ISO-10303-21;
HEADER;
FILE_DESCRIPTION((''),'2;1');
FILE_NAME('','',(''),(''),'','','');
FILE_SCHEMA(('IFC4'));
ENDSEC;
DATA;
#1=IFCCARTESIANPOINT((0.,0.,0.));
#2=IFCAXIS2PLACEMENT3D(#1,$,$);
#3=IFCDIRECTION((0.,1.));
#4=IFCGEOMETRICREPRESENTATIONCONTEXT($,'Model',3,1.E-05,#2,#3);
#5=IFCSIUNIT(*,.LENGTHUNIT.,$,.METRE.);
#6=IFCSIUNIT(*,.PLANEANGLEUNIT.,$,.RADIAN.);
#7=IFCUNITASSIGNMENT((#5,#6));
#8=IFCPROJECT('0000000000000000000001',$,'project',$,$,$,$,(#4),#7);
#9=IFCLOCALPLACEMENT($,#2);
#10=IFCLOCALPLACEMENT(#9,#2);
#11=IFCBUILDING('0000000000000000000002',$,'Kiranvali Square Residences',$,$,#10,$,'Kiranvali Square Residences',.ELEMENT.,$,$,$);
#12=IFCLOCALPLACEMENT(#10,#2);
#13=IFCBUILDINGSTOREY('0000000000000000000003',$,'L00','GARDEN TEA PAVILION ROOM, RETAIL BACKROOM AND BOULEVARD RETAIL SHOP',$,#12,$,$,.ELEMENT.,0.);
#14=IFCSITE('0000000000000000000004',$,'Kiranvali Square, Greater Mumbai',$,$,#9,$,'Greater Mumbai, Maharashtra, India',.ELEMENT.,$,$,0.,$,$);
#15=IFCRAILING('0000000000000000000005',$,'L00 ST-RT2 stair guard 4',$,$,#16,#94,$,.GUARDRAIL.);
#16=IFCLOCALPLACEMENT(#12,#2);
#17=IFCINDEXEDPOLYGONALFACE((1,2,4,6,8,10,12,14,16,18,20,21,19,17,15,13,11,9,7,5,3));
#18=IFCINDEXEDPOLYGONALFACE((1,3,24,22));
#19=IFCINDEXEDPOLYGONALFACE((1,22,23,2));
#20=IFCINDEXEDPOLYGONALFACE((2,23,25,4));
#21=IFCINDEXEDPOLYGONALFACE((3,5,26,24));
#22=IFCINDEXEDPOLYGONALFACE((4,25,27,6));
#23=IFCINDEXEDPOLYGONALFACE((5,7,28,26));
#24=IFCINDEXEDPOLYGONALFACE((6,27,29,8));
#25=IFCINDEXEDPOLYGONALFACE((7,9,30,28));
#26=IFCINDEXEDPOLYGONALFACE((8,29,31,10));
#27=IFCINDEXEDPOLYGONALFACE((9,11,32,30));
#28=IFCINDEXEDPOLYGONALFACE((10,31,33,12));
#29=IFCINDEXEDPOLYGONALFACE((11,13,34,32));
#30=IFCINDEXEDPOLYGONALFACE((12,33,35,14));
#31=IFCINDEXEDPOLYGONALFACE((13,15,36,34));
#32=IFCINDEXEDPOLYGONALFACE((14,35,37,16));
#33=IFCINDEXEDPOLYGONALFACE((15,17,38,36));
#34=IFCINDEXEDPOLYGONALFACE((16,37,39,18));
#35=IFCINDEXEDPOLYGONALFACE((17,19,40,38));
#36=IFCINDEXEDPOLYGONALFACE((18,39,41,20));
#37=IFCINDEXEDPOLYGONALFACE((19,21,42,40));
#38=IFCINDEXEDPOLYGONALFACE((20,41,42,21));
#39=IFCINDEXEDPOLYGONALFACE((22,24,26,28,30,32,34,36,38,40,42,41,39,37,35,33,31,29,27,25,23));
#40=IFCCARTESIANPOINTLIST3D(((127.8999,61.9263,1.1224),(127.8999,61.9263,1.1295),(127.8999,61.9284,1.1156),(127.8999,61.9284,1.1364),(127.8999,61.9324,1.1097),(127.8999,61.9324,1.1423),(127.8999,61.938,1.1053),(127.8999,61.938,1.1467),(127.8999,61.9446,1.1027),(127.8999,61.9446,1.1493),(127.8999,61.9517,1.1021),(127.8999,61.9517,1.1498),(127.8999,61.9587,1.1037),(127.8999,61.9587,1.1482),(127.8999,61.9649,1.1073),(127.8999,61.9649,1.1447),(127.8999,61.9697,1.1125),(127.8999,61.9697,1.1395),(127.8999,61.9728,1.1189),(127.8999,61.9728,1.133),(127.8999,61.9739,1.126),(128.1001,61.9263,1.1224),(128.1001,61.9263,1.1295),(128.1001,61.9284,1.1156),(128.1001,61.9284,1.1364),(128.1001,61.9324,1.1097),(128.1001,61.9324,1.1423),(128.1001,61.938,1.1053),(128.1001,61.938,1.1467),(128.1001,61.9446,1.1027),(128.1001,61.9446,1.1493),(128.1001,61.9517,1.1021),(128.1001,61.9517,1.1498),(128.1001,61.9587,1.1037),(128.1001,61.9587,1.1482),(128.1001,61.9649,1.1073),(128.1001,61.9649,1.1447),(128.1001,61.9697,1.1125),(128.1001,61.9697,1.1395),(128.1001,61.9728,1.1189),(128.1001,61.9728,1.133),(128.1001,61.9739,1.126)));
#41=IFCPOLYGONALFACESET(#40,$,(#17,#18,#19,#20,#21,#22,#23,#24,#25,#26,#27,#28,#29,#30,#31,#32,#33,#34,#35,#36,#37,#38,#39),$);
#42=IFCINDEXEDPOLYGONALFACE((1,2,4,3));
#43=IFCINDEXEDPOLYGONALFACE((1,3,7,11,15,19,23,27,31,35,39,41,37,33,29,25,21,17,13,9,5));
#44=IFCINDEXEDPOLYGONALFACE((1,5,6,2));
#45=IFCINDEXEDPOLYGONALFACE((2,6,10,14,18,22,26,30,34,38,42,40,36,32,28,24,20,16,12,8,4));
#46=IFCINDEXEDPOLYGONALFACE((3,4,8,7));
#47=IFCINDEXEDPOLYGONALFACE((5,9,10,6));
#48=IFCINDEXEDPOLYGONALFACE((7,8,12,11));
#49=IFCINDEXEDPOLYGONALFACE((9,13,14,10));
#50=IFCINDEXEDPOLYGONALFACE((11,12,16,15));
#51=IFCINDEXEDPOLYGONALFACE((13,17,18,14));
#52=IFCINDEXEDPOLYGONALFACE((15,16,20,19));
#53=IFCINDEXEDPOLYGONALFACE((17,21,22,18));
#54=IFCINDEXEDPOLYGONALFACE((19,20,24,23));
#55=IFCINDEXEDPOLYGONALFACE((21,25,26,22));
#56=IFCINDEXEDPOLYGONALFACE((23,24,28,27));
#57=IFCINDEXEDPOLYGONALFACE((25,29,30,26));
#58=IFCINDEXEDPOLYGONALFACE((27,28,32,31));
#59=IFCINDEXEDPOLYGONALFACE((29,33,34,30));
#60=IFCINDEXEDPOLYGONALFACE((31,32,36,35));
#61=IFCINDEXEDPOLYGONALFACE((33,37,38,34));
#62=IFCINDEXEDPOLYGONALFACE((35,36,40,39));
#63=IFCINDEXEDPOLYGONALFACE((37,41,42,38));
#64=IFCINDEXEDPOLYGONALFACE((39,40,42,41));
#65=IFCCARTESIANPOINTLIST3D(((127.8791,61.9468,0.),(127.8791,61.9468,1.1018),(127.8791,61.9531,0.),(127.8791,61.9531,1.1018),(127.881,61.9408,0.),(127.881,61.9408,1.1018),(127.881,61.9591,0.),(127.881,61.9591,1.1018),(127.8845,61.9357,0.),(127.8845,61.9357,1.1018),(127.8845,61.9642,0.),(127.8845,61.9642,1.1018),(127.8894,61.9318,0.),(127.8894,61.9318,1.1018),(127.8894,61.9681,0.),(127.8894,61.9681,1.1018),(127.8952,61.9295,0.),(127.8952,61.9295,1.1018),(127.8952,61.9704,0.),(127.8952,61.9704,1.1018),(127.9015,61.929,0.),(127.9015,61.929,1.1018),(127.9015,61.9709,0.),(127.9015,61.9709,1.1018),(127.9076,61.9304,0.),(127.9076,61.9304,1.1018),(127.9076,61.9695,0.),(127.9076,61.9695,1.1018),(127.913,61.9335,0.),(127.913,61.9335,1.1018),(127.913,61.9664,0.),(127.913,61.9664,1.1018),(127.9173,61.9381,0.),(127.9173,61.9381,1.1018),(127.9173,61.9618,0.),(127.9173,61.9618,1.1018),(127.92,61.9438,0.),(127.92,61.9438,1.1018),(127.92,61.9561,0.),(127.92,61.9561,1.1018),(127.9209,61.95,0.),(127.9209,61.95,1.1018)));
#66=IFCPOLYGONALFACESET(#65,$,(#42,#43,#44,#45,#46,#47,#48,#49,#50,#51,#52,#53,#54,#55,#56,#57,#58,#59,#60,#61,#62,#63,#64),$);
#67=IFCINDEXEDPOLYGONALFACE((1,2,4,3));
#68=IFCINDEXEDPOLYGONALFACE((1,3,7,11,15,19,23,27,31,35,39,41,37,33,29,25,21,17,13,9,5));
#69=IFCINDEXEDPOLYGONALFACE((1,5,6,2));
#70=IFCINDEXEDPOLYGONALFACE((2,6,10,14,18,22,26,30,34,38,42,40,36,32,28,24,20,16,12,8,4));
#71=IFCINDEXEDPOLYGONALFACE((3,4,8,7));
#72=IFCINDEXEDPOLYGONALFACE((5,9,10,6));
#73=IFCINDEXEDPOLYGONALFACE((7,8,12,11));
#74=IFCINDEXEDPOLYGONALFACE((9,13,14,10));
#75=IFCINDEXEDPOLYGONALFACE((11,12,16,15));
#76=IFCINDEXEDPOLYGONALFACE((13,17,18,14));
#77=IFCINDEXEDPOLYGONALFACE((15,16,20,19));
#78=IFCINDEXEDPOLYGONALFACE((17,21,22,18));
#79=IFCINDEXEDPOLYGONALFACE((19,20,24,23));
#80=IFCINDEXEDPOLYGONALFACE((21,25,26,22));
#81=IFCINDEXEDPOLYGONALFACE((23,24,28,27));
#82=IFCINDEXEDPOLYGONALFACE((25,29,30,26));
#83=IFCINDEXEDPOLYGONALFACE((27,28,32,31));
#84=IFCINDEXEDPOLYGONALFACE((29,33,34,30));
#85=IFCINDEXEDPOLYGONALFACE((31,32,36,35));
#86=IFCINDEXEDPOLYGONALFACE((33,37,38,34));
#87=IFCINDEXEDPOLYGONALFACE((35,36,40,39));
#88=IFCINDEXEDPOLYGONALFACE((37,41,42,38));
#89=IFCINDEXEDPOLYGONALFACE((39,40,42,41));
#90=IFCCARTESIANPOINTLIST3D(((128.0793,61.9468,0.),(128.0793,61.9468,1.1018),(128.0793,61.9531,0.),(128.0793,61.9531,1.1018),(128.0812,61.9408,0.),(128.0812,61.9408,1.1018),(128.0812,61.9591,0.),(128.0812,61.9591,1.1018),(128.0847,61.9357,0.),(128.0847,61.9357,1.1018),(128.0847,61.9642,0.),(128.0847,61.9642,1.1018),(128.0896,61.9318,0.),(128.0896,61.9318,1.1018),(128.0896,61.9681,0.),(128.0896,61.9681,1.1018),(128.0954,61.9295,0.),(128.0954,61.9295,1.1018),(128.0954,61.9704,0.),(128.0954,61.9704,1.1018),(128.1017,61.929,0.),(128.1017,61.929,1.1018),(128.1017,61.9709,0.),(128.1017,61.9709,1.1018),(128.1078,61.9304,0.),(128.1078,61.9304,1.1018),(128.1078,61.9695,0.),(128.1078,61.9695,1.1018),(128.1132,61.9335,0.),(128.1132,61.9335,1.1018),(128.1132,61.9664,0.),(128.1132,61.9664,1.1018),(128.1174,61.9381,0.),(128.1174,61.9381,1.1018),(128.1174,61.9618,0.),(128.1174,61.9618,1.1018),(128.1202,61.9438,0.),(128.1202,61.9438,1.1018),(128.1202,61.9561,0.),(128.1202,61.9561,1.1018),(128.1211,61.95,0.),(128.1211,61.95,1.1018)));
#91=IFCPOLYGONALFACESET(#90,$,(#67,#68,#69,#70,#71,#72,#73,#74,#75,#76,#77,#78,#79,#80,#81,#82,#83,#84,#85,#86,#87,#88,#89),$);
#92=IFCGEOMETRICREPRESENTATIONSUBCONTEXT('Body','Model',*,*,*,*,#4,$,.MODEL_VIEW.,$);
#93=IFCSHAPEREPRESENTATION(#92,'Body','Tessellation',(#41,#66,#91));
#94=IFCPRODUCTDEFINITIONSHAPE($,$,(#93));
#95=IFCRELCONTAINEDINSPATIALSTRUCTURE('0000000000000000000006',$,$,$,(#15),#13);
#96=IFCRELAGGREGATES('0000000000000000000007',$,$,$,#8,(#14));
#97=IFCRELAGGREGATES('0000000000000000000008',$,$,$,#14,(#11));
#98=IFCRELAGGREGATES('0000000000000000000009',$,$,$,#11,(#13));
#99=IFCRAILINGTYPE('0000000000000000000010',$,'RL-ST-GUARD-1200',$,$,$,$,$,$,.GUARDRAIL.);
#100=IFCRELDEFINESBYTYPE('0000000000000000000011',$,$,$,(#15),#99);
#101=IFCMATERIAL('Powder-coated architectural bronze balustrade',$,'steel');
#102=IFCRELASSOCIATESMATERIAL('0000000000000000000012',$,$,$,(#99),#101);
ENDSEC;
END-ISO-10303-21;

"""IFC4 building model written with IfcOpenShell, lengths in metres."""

from ifc_helpers import new_model, si_unit, direction, frame, origin, origin_2d, place, context, subcontext, project, spatial, circle, extrude, material, type_object, element, save


model = new_model("IFC4")

# Units and contexts
model_context = context("Model", 3, precision=1e-05, world=origin(), true_north=direction((0.0, 1.0)))
body_context = subcontext(model_context, "Body", "Model", "MODEL_VIEW")
ifc_project = project(units=[si_unit("LENGTHUNIT", "METRE"), si_unit("PLANEANGLEUNIT", "RADIAN")], contexts=[model_context])

# Site, building, storey
site_placement = place(None, origin())
site = spatial("IfcSite", under=ifc_project, at=site_placement, Name="Kiranvali Square, Greater Mumbai", LongName="Greater Mumbai, Maharashtra, India", CompositionType="ELEMENT", RefElevation=0.0)
building_placement = place(site_placement, origin())
building = spatial("IfcBuilding", under=site, at=building_placement, Name="Kiranvali Square Residences", LongName="Kiranvali Square Residences", CompositionType="ELEMENT")
storey_placement = place(building_placement, origin())
storey = spatial("IfcBuildingStorey", under=building, at=storey_placement, Name="L00", Description="GARDEN TEA PAVILION ROOM, RETAIL BACKROOM AND BOULEVARD RETAIL SHOP", CompositionType="ELEMENT", Elevation=0.0)

# Railing
ifc_material_1 = material(Name="Powder-coated architectural bronze balustrade", Category="steel")
railing_type_1 = type_object("IfcRailingType", Name="RL-ST-GUARD-1200", PredefinedType="GUARDRAIL", material=ifc_material_1)
railing_1_placement = place(storey_placement, frame((127.8999, 61.95, 0.0)))
element("IfcRailing", 1, at=railing_1_placement, inside=storey, type_object=railing_type_1, Name="L00 ST-RT2 stair guard 4", PredefinedType="GUARDRAIL", context=body_context, shape_type="SweptSolid", body=[
    extrude(circle(Radius=0.0239, at=origin_2d()), frame((0.0, 0.0, 1.126), z_axis=(1.0, 0.0, 0.0), x_axis=(0.0, 1.0, 0.0)), (0.0, 0.0, 1.0), 0.2002),
    extrude(circle(Radius=0.021, at=origin_2d()), origin(), (0.0, 0.0, 1.0), 1.1018),
    extrude(circle(Radius=0.021, at=origin_2d()), frame((0.2002, 0.0, 0.0)), (0.0, 0.0, 1.0), 1.1018),
])

save(model, "model.ifc")
